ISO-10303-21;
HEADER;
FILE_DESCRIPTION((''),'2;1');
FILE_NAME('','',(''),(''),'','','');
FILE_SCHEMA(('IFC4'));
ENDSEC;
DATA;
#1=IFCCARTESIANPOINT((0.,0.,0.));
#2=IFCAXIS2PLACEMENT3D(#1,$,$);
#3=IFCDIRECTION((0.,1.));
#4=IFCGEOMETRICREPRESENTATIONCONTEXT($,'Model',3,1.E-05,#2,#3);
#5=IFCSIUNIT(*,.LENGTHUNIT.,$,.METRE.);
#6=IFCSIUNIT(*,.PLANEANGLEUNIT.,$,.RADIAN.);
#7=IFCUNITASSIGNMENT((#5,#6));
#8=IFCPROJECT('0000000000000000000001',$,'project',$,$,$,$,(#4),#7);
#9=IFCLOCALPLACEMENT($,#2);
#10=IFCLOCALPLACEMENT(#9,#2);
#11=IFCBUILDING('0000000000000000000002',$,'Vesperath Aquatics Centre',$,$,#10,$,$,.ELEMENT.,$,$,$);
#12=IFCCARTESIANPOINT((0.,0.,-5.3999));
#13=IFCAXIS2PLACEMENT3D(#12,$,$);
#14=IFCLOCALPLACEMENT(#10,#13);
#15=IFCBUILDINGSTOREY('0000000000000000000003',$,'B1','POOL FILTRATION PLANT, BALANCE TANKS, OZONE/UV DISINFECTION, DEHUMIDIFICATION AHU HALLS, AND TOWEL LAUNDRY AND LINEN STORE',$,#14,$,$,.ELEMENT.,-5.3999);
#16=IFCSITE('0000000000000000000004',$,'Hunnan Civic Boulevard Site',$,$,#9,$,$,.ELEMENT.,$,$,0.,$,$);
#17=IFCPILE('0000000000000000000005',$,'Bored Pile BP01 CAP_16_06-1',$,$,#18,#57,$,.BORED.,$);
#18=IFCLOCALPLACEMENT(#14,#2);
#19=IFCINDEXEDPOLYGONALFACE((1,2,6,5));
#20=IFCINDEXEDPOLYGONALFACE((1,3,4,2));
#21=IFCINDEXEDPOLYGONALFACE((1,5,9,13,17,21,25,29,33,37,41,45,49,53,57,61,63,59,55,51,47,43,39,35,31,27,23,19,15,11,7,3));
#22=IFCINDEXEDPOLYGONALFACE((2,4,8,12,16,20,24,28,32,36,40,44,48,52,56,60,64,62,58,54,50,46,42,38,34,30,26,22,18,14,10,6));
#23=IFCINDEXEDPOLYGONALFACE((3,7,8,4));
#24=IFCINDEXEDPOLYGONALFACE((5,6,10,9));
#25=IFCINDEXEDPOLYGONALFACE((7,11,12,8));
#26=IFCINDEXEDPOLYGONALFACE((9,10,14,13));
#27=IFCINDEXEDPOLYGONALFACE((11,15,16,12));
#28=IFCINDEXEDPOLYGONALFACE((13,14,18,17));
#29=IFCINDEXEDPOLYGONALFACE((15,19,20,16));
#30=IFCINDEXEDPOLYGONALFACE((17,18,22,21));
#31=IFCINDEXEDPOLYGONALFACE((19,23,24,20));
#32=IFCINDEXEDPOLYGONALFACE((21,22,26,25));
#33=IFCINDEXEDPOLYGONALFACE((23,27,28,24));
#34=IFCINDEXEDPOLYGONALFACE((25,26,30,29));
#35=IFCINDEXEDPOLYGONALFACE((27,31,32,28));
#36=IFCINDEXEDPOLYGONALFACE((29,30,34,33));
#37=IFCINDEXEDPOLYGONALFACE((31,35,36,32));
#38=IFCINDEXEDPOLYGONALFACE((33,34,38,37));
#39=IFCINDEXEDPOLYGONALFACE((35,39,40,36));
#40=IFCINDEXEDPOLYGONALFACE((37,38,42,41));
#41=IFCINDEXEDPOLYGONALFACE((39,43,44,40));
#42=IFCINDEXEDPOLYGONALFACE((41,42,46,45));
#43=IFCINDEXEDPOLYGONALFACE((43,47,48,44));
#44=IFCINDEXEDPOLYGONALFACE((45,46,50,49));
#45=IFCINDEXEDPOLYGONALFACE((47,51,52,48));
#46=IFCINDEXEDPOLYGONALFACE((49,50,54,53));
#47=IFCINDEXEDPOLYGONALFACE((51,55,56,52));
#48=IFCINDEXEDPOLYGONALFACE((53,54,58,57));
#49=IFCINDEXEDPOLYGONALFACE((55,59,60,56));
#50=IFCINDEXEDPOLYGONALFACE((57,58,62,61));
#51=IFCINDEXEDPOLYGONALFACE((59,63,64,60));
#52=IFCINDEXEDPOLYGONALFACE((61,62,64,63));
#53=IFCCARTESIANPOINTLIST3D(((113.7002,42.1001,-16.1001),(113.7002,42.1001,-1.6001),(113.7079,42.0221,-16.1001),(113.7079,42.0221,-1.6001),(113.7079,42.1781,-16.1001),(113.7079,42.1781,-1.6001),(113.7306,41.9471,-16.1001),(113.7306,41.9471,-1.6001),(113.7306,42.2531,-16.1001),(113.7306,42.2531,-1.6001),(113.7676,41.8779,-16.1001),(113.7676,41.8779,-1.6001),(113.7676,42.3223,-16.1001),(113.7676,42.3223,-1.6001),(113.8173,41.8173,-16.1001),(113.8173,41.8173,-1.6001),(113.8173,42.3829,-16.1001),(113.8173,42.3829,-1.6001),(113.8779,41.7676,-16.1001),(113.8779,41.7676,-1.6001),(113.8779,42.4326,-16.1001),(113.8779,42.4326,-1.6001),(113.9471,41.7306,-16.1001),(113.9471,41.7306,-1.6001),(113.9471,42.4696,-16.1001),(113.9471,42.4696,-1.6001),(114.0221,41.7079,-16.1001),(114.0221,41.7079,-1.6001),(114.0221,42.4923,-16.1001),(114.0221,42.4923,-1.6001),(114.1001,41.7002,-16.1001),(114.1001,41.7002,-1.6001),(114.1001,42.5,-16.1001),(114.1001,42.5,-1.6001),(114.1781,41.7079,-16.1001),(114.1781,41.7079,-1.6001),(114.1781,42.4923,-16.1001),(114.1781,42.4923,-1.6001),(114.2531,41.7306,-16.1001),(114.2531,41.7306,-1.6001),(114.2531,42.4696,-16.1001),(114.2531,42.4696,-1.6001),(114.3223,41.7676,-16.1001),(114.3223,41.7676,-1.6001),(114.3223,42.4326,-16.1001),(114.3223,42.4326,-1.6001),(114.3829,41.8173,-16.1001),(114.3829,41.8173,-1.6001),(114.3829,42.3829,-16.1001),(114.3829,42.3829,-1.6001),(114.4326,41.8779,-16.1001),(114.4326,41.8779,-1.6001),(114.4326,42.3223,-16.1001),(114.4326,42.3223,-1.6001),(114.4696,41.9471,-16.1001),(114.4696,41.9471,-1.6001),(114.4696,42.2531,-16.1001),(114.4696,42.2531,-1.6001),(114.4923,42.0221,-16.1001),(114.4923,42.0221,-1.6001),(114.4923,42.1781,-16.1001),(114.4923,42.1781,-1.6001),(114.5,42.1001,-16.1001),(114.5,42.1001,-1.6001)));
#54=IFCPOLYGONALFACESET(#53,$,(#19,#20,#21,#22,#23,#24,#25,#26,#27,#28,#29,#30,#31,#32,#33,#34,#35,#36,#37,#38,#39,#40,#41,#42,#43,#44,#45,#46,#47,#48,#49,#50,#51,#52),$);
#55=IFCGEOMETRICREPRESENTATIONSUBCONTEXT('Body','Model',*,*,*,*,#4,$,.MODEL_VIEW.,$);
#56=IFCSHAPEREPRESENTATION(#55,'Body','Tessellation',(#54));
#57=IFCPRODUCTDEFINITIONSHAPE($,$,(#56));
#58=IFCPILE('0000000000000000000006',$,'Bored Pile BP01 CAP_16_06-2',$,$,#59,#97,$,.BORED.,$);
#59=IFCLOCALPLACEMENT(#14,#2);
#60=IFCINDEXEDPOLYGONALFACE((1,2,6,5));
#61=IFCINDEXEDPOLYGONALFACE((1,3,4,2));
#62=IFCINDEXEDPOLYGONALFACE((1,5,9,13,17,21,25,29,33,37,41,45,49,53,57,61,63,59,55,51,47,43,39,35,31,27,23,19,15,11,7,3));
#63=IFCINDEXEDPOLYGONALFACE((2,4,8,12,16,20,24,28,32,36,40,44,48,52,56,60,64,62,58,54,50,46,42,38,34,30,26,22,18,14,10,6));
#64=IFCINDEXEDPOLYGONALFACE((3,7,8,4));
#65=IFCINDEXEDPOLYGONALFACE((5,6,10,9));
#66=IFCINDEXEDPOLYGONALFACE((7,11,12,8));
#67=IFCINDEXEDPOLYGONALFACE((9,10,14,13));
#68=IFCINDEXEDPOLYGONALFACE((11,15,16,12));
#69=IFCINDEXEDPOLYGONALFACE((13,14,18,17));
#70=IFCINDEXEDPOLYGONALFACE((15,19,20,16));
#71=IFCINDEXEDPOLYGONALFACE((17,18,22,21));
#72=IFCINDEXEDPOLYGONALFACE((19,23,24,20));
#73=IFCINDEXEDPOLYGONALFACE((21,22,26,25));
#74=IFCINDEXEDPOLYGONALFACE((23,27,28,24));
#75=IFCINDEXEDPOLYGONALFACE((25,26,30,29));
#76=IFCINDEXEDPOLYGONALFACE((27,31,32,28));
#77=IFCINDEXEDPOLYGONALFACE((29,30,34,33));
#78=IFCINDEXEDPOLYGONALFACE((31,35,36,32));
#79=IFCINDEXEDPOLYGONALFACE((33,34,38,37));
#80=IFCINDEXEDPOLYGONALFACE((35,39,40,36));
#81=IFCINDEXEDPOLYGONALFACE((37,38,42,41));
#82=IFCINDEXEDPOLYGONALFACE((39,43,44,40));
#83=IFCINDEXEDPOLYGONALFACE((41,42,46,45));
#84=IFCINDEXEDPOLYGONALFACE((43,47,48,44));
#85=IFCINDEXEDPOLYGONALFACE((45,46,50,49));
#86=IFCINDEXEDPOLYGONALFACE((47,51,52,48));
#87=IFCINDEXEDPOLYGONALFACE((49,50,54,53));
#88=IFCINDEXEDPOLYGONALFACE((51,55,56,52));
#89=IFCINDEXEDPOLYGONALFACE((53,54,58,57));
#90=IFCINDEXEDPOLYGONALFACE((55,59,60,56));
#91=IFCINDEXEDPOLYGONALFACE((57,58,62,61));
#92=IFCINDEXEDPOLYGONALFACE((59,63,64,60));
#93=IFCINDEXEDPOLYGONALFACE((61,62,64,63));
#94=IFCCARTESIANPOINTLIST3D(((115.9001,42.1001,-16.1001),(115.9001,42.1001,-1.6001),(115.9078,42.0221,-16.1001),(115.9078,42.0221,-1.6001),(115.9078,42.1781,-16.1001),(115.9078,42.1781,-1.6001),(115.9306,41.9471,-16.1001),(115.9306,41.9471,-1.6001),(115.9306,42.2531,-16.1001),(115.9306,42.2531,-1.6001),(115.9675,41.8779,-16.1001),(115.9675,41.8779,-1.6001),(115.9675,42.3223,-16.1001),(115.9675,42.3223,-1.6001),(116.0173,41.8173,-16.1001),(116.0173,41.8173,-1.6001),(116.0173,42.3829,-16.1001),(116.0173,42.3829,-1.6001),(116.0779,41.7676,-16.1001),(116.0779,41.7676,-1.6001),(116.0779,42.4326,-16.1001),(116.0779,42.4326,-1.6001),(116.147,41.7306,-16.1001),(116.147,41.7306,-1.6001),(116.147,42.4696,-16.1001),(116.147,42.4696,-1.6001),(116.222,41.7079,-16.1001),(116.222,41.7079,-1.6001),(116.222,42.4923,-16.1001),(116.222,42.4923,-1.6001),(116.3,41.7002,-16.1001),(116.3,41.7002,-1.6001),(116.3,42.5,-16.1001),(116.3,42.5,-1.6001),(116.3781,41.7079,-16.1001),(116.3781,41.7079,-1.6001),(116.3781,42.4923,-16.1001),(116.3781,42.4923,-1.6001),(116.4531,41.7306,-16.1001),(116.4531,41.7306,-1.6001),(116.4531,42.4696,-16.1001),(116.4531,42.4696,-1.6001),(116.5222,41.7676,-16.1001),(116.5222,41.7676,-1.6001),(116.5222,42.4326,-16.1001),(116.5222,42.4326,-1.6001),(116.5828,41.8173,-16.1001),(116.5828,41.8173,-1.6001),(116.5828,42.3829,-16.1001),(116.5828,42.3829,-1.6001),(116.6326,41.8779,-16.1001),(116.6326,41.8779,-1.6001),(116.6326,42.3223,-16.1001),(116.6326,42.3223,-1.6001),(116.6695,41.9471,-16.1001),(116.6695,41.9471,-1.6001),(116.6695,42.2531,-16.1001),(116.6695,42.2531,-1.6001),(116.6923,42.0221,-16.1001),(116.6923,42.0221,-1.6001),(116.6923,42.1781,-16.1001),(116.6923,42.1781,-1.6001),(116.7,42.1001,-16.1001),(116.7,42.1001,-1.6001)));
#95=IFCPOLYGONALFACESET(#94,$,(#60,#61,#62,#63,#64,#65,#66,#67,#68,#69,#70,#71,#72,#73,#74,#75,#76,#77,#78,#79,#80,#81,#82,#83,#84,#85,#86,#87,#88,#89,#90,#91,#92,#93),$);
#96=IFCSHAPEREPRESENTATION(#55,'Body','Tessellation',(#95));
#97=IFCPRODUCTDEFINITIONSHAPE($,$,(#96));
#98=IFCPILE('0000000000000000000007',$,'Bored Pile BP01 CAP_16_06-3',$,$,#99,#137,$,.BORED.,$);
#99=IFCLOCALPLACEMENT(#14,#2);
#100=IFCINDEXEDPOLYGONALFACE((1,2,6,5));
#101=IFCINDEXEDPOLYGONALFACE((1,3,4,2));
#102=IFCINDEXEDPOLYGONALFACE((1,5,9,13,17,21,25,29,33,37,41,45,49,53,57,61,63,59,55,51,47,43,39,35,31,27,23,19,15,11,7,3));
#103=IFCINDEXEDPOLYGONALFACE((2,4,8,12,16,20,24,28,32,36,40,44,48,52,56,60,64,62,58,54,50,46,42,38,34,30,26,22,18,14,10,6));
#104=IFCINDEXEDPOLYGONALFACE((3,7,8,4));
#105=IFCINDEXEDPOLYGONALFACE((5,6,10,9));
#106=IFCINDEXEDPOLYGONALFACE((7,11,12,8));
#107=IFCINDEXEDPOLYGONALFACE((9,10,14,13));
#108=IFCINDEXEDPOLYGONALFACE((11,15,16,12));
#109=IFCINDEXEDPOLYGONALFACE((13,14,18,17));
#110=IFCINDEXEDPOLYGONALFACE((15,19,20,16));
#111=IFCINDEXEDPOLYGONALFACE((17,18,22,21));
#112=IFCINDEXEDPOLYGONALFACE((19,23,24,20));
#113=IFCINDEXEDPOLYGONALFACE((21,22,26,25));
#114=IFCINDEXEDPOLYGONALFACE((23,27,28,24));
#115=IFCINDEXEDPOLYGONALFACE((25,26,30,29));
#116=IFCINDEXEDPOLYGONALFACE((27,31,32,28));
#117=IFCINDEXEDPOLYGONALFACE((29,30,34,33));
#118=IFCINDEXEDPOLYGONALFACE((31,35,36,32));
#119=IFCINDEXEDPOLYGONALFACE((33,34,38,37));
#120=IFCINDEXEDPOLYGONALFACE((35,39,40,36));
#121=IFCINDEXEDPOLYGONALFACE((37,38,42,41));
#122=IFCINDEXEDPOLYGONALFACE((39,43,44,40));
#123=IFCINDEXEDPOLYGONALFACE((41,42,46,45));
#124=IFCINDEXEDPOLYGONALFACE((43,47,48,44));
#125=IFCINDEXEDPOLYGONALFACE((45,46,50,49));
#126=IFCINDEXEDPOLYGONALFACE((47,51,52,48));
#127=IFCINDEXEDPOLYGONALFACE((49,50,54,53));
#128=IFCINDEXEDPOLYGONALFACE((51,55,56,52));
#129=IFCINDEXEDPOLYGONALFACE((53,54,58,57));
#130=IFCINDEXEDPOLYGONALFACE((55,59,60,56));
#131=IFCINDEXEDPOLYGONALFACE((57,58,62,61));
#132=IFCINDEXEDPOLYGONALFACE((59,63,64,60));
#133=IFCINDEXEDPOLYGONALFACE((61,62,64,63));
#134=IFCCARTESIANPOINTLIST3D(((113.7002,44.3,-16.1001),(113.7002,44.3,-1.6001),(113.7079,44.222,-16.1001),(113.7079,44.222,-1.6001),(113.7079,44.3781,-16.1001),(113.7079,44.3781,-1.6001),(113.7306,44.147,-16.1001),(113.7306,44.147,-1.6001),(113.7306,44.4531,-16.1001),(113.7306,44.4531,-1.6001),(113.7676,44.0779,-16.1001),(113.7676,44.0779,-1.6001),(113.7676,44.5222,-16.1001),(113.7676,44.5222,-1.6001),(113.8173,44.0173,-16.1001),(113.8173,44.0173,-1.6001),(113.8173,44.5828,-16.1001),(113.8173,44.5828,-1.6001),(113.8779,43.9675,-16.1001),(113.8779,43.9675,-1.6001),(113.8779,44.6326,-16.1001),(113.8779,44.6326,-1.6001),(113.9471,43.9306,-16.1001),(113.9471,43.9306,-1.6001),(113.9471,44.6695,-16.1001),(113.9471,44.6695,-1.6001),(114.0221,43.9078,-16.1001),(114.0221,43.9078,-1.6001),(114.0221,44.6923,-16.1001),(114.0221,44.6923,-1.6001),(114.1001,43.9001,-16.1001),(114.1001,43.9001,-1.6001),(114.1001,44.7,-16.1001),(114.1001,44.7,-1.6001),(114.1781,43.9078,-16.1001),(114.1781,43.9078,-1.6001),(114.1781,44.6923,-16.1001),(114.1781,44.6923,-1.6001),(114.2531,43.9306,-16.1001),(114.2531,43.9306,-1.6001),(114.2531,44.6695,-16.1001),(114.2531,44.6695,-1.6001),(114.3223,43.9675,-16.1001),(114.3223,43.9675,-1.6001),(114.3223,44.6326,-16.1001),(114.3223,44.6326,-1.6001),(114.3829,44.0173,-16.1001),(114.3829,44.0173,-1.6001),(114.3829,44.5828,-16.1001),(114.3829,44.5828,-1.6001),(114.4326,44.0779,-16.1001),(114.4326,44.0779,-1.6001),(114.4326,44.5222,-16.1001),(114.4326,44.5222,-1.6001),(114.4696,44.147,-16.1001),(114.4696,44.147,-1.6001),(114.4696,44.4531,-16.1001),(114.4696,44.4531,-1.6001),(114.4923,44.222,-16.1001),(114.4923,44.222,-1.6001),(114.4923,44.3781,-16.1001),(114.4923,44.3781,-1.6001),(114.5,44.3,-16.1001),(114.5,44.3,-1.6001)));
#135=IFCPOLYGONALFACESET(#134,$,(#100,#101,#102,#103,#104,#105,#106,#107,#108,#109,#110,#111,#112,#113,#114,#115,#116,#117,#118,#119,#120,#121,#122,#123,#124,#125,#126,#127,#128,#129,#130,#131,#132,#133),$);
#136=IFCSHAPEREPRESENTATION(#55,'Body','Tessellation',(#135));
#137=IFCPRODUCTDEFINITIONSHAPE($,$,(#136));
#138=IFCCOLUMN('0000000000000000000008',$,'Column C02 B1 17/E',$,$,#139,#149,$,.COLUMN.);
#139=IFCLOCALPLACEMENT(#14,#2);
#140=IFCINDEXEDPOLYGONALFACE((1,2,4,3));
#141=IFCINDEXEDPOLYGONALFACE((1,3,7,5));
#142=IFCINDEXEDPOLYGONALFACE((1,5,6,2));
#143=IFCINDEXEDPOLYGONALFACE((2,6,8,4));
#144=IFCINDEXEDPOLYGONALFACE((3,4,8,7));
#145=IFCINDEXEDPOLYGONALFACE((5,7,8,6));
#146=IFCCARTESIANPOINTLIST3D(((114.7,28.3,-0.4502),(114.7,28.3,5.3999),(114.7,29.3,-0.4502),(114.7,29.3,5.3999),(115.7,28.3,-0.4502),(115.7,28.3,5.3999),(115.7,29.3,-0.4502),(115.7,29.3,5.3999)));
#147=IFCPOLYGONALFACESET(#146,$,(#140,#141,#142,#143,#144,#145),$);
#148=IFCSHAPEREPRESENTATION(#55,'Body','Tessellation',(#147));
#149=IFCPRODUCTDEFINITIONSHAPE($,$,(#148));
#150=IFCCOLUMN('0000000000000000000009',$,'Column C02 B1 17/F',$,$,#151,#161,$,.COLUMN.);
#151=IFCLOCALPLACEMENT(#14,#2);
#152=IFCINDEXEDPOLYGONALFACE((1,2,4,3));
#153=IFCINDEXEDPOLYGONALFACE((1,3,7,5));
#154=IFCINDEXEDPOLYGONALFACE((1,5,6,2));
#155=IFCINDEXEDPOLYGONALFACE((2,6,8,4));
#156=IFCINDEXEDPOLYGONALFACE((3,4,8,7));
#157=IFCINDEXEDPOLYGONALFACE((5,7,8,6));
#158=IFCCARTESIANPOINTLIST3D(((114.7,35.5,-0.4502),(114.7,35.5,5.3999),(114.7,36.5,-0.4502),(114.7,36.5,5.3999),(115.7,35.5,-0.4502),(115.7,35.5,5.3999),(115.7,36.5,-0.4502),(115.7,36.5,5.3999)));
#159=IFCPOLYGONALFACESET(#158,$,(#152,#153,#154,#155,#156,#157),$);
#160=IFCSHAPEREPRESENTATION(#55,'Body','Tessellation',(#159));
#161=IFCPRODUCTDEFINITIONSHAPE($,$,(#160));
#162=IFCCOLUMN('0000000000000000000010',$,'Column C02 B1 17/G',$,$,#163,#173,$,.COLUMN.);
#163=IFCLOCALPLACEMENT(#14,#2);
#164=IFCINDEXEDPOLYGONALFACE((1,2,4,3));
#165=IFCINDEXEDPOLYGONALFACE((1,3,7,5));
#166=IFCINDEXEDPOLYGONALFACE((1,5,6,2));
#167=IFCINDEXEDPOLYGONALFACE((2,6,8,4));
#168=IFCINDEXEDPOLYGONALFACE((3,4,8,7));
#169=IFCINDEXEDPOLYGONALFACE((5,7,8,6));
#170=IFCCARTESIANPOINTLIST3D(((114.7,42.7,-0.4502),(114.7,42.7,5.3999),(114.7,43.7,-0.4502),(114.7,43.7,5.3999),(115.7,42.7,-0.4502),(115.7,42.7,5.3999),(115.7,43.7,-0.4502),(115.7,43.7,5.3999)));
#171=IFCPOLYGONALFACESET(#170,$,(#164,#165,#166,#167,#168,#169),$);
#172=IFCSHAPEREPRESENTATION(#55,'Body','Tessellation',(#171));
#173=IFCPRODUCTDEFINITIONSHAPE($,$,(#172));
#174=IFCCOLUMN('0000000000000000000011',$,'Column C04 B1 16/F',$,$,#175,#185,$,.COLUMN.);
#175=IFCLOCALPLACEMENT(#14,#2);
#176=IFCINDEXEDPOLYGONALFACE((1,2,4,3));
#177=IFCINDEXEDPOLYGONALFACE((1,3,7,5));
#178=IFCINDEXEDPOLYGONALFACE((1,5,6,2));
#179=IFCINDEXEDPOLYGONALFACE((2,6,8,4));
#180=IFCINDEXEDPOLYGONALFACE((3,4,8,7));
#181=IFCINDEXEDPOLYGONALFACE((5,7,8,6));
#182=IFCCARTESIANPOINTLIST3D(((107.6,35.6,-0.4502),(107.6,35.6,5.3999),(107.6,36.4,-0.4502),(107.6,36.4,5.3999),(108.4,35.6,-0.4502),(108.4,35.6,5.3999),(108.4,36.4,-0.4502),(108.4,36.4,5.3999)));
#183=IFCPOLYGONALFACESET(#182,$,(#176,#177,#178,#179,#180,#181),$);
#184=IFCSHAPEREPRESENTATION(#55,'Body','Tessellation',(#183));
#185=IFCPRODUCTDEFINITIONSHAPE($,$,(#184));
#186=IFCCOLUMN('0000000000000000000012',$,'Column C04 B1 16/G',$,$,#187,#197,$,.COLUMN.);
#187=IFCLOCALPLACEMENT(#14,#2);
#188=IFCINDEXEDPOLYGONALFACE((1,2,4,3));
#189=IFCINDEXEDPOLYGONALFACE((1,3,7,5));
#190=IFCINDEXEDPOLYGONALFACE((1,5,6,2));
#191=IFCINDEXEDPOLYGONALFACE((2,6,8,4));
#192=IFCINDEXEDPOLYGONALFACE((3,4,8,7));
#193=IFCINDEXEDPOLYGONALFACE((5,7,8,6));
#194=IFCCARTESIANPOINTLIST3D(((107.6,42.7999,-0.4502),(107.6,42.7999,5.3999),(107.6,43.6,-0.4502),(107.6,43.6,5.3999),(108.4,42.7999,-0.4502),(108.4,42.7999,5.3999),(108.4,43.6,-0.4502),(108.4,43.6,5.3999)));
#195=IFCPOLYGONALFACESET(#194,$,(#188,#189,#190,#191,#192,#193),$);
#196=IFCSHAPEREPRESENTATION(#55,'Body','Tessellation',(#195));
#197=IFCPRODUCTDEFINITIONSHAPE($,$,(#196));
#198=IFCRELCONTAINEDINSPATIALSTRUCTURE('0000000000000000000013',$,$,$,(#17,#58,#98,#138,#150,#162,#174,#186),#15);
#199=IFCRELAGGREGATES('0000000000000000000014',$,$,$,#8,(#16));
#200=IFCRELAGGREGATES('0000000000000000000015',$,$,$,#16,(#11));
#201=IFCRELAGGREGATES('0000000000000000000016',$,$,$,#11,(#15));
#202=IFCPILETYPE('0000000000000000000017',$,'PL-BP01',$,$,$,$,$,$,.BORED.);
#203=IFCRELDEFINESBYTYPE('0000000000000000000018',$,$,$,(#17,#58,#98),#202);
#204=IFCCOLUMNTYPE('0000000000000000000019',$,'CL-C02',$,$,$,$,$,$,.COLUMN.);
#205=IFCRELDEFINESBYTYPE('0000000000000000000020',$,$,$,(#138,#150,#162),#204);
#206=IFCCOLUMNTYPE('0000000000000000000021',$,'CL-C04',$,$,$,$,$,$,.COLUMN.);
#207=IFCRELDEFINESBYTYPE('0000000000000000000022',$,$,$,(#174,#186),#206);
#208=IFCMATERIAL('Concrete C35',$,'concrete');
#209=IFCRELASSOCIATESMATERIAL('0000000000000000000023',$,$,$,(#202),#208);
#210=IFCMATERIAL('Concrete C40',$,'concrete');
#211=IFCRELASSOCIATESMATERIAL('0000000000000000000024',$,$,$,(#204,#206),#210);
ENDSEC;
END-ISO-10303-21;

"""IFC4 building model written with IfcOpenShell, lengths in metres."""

from ifc_helpers import new_model, si_unit, direction, frame, origin, origin_2d, place, context, subcontext, project, spatial, rectangle, circle, extrude, material, material_profile, profile_set, type_object, element, save


model = new_model("IFC4")

# Units and contexts
model_context = context("Model", 3, precision=1e-05, world=origin(), true_north=direction((0.0, 1.0)))
body_context = subcontext(model_context, "Body", "Model", "MODEL_VIEW")
ifc_project = project(units=[si_unit("LENGTHUNIT", "METRE"), si_unit("PLANEANGLEUNIT", "RADIAN")], contexts=[model_context])

# Site, building, storey
site_placement = place(None, origin())
site = spatial("IfcSite", under=ifc_project, at=site_placement, Name="Hunnan Civic Boulevard Site", CompositionType="ELEMENT", RefElevation=0.0)
building_placement = place(site_placement, origin())
building = spatial("IfcBuilding", under=site, at=building_placement, Name="Vesperath Aquatics Centre", CompositionType="ELEMENT")
storey_placement = place(building_placement, frame((0.0, 0.0, -5.3999)))
storey = spatial("IfcBuildingStorey", under=building, at=storey_placement, Name="B1", Description="POOL FILTRATION PLANT, BALANCE TANKS, OZONE/UV DISINFECTION, DEHUMIDIFICATION AHU HALLS, AND TOWEL LAUNDRY AND LINEN STORE", CompositionType="ELEMENT", Elevation=-5.3999)

# Shared definitions
ifc_material_1 = material(Name="Concrete C40", Category="concrete")

# Piles
ifc_material_2 = material(Name="Concrete C35", Category="concrete")
ifc_material_profile_1 = material_profile(ifc_material_2, circle(Radius=0.3999, at=origin_2d()), Name="PILE D800")
ifc_profile_set_1 = profile_set([ifc_material_profile_1], Name="Concrete C35")
pile_type = type_object("IfcPileType", Name="PL-BP01", PredefinedType="BORED", material=ifc_profile_set_1)
for number, where, z_axis, x_axis, name in (
    (1, (114.1001, 42.1001, -1.6001), (0.0, 0.0, -1.0), (1.0, 0.0, 0.0), "Bored Pile BP01 CAP_16_06-1"),
    (2, (116.3, 42.1001, -1.6001), (0.0, 0.0, -1.0), (1.0, 0.0, 0.0), "Bored Pile BP01 CAP_16_06-2"),
    (3, (114.1001, 44.3, -1.6001), (0.0, 0.0, -1.0), (1.0, 0.0, 0.0), "Bored Pile BP01 CAP_16_06-3"),
):
    element("IfcPile", number, at=place(storey_placement, frame(where, z_axis=z_axis, x_axis=x_axis)), inside=storey, type_object=pile_type, Name=name, PredefinedType="BORED", context=body_context, shape_type="SweptSolid", body=[
        extrude(circle(Radius=0.3999, at=origin_2d()), origin(), (0.0, 0.0, 1.0), 14.5),
    ])

# Columns
ifc_material_profile_2 = material_profile(ifc_material_1, rectangle(XDim=1.0, YDim=1.0, at=origin_2d()), Name="RC 1000x1000")
ifc_profile_set_2 = profile_set([ifc_material_profile_2], Name="Concrete C40")
column_type_1 = type_object("IfcColumnType", Name="CL-C02", PredefinedType="COLUMN", material=ifc_profile_set_2)
for number, where, z_axis, x_axis, name in (
    (4, (115.2, 28.8, -0.4502), (0.0, 0.0, 1.0), (1.0, 0.0, 0.0), "Column C02 B1 17/E"),
    (5, (115.2, 36.0, -0.4502), (0.0, 0.0, 1.0), (1.0, 0.0, 0.0), "Column C02 B1 17/F"),
    (6, (115.2, 43.2, -0.4502), (0.0, 0.0, 1.0), (1.0, 0.0, 0.0), "Column C02 B1 17/G"),
):
    element("IfcColumn", number, at=place(storey_placement, frame(where, z_axis=z_axis, x_axis=x_axis)), inside=storey, type_object=column_type_1, Name=name, PredefinedType="COLUMN", context=body_context, shape_type="SweptSolid", body=[
        extrude(rectangle(XDim=1.0, YDim=1.0, at=origin_2d()), origin(), (0.0, 0.0, 1.0), 5.8501),
    ])
ifc_material_profile_3 = material_profile(ifc_material_1, rectangle(XDim=0.8, YDim=0.8, at=origin_2d()), Name="RC 800x800")
ifc_profile_set_3 = profile_set([ifc_material_profile_3], Name="Concrete C40")
column_type_2 = type_object("IfcColumnType", Name="CL-C04", PredefinedType="COLUMN", material=ifc_profile_set_3)
for number, where, z_axis, x_axis, name in (
    (7, (108.0, 36.0, -0.4502), (0.0, 0.0, 1.0), (1.0, 0.0, 0.0), "Column C04 B1 16/F"),
    (8, (108.0, 43.2, -0.4502), (0.0, 0.0, 1.0), (1.0, 0.0, 0.0), "Column C04 B1 16/G"),
):
    element("IfcColumn", number, at=place(storey_placement, frame(where, z_axis=z_axis, x_axis=x_axis)), inside=storey, type_object=column_type_2, Name=name, PredefinedType="COLUMN", context=body_context, shape_type="SweptSolid", body=[
        extrude(rectangle(XDim=0.8, YDim=0.8, at=origin_2d()), origin(), (0.0, 0.0, 1.0), 5.8501),
    ])

save(model, "model.ifc")
